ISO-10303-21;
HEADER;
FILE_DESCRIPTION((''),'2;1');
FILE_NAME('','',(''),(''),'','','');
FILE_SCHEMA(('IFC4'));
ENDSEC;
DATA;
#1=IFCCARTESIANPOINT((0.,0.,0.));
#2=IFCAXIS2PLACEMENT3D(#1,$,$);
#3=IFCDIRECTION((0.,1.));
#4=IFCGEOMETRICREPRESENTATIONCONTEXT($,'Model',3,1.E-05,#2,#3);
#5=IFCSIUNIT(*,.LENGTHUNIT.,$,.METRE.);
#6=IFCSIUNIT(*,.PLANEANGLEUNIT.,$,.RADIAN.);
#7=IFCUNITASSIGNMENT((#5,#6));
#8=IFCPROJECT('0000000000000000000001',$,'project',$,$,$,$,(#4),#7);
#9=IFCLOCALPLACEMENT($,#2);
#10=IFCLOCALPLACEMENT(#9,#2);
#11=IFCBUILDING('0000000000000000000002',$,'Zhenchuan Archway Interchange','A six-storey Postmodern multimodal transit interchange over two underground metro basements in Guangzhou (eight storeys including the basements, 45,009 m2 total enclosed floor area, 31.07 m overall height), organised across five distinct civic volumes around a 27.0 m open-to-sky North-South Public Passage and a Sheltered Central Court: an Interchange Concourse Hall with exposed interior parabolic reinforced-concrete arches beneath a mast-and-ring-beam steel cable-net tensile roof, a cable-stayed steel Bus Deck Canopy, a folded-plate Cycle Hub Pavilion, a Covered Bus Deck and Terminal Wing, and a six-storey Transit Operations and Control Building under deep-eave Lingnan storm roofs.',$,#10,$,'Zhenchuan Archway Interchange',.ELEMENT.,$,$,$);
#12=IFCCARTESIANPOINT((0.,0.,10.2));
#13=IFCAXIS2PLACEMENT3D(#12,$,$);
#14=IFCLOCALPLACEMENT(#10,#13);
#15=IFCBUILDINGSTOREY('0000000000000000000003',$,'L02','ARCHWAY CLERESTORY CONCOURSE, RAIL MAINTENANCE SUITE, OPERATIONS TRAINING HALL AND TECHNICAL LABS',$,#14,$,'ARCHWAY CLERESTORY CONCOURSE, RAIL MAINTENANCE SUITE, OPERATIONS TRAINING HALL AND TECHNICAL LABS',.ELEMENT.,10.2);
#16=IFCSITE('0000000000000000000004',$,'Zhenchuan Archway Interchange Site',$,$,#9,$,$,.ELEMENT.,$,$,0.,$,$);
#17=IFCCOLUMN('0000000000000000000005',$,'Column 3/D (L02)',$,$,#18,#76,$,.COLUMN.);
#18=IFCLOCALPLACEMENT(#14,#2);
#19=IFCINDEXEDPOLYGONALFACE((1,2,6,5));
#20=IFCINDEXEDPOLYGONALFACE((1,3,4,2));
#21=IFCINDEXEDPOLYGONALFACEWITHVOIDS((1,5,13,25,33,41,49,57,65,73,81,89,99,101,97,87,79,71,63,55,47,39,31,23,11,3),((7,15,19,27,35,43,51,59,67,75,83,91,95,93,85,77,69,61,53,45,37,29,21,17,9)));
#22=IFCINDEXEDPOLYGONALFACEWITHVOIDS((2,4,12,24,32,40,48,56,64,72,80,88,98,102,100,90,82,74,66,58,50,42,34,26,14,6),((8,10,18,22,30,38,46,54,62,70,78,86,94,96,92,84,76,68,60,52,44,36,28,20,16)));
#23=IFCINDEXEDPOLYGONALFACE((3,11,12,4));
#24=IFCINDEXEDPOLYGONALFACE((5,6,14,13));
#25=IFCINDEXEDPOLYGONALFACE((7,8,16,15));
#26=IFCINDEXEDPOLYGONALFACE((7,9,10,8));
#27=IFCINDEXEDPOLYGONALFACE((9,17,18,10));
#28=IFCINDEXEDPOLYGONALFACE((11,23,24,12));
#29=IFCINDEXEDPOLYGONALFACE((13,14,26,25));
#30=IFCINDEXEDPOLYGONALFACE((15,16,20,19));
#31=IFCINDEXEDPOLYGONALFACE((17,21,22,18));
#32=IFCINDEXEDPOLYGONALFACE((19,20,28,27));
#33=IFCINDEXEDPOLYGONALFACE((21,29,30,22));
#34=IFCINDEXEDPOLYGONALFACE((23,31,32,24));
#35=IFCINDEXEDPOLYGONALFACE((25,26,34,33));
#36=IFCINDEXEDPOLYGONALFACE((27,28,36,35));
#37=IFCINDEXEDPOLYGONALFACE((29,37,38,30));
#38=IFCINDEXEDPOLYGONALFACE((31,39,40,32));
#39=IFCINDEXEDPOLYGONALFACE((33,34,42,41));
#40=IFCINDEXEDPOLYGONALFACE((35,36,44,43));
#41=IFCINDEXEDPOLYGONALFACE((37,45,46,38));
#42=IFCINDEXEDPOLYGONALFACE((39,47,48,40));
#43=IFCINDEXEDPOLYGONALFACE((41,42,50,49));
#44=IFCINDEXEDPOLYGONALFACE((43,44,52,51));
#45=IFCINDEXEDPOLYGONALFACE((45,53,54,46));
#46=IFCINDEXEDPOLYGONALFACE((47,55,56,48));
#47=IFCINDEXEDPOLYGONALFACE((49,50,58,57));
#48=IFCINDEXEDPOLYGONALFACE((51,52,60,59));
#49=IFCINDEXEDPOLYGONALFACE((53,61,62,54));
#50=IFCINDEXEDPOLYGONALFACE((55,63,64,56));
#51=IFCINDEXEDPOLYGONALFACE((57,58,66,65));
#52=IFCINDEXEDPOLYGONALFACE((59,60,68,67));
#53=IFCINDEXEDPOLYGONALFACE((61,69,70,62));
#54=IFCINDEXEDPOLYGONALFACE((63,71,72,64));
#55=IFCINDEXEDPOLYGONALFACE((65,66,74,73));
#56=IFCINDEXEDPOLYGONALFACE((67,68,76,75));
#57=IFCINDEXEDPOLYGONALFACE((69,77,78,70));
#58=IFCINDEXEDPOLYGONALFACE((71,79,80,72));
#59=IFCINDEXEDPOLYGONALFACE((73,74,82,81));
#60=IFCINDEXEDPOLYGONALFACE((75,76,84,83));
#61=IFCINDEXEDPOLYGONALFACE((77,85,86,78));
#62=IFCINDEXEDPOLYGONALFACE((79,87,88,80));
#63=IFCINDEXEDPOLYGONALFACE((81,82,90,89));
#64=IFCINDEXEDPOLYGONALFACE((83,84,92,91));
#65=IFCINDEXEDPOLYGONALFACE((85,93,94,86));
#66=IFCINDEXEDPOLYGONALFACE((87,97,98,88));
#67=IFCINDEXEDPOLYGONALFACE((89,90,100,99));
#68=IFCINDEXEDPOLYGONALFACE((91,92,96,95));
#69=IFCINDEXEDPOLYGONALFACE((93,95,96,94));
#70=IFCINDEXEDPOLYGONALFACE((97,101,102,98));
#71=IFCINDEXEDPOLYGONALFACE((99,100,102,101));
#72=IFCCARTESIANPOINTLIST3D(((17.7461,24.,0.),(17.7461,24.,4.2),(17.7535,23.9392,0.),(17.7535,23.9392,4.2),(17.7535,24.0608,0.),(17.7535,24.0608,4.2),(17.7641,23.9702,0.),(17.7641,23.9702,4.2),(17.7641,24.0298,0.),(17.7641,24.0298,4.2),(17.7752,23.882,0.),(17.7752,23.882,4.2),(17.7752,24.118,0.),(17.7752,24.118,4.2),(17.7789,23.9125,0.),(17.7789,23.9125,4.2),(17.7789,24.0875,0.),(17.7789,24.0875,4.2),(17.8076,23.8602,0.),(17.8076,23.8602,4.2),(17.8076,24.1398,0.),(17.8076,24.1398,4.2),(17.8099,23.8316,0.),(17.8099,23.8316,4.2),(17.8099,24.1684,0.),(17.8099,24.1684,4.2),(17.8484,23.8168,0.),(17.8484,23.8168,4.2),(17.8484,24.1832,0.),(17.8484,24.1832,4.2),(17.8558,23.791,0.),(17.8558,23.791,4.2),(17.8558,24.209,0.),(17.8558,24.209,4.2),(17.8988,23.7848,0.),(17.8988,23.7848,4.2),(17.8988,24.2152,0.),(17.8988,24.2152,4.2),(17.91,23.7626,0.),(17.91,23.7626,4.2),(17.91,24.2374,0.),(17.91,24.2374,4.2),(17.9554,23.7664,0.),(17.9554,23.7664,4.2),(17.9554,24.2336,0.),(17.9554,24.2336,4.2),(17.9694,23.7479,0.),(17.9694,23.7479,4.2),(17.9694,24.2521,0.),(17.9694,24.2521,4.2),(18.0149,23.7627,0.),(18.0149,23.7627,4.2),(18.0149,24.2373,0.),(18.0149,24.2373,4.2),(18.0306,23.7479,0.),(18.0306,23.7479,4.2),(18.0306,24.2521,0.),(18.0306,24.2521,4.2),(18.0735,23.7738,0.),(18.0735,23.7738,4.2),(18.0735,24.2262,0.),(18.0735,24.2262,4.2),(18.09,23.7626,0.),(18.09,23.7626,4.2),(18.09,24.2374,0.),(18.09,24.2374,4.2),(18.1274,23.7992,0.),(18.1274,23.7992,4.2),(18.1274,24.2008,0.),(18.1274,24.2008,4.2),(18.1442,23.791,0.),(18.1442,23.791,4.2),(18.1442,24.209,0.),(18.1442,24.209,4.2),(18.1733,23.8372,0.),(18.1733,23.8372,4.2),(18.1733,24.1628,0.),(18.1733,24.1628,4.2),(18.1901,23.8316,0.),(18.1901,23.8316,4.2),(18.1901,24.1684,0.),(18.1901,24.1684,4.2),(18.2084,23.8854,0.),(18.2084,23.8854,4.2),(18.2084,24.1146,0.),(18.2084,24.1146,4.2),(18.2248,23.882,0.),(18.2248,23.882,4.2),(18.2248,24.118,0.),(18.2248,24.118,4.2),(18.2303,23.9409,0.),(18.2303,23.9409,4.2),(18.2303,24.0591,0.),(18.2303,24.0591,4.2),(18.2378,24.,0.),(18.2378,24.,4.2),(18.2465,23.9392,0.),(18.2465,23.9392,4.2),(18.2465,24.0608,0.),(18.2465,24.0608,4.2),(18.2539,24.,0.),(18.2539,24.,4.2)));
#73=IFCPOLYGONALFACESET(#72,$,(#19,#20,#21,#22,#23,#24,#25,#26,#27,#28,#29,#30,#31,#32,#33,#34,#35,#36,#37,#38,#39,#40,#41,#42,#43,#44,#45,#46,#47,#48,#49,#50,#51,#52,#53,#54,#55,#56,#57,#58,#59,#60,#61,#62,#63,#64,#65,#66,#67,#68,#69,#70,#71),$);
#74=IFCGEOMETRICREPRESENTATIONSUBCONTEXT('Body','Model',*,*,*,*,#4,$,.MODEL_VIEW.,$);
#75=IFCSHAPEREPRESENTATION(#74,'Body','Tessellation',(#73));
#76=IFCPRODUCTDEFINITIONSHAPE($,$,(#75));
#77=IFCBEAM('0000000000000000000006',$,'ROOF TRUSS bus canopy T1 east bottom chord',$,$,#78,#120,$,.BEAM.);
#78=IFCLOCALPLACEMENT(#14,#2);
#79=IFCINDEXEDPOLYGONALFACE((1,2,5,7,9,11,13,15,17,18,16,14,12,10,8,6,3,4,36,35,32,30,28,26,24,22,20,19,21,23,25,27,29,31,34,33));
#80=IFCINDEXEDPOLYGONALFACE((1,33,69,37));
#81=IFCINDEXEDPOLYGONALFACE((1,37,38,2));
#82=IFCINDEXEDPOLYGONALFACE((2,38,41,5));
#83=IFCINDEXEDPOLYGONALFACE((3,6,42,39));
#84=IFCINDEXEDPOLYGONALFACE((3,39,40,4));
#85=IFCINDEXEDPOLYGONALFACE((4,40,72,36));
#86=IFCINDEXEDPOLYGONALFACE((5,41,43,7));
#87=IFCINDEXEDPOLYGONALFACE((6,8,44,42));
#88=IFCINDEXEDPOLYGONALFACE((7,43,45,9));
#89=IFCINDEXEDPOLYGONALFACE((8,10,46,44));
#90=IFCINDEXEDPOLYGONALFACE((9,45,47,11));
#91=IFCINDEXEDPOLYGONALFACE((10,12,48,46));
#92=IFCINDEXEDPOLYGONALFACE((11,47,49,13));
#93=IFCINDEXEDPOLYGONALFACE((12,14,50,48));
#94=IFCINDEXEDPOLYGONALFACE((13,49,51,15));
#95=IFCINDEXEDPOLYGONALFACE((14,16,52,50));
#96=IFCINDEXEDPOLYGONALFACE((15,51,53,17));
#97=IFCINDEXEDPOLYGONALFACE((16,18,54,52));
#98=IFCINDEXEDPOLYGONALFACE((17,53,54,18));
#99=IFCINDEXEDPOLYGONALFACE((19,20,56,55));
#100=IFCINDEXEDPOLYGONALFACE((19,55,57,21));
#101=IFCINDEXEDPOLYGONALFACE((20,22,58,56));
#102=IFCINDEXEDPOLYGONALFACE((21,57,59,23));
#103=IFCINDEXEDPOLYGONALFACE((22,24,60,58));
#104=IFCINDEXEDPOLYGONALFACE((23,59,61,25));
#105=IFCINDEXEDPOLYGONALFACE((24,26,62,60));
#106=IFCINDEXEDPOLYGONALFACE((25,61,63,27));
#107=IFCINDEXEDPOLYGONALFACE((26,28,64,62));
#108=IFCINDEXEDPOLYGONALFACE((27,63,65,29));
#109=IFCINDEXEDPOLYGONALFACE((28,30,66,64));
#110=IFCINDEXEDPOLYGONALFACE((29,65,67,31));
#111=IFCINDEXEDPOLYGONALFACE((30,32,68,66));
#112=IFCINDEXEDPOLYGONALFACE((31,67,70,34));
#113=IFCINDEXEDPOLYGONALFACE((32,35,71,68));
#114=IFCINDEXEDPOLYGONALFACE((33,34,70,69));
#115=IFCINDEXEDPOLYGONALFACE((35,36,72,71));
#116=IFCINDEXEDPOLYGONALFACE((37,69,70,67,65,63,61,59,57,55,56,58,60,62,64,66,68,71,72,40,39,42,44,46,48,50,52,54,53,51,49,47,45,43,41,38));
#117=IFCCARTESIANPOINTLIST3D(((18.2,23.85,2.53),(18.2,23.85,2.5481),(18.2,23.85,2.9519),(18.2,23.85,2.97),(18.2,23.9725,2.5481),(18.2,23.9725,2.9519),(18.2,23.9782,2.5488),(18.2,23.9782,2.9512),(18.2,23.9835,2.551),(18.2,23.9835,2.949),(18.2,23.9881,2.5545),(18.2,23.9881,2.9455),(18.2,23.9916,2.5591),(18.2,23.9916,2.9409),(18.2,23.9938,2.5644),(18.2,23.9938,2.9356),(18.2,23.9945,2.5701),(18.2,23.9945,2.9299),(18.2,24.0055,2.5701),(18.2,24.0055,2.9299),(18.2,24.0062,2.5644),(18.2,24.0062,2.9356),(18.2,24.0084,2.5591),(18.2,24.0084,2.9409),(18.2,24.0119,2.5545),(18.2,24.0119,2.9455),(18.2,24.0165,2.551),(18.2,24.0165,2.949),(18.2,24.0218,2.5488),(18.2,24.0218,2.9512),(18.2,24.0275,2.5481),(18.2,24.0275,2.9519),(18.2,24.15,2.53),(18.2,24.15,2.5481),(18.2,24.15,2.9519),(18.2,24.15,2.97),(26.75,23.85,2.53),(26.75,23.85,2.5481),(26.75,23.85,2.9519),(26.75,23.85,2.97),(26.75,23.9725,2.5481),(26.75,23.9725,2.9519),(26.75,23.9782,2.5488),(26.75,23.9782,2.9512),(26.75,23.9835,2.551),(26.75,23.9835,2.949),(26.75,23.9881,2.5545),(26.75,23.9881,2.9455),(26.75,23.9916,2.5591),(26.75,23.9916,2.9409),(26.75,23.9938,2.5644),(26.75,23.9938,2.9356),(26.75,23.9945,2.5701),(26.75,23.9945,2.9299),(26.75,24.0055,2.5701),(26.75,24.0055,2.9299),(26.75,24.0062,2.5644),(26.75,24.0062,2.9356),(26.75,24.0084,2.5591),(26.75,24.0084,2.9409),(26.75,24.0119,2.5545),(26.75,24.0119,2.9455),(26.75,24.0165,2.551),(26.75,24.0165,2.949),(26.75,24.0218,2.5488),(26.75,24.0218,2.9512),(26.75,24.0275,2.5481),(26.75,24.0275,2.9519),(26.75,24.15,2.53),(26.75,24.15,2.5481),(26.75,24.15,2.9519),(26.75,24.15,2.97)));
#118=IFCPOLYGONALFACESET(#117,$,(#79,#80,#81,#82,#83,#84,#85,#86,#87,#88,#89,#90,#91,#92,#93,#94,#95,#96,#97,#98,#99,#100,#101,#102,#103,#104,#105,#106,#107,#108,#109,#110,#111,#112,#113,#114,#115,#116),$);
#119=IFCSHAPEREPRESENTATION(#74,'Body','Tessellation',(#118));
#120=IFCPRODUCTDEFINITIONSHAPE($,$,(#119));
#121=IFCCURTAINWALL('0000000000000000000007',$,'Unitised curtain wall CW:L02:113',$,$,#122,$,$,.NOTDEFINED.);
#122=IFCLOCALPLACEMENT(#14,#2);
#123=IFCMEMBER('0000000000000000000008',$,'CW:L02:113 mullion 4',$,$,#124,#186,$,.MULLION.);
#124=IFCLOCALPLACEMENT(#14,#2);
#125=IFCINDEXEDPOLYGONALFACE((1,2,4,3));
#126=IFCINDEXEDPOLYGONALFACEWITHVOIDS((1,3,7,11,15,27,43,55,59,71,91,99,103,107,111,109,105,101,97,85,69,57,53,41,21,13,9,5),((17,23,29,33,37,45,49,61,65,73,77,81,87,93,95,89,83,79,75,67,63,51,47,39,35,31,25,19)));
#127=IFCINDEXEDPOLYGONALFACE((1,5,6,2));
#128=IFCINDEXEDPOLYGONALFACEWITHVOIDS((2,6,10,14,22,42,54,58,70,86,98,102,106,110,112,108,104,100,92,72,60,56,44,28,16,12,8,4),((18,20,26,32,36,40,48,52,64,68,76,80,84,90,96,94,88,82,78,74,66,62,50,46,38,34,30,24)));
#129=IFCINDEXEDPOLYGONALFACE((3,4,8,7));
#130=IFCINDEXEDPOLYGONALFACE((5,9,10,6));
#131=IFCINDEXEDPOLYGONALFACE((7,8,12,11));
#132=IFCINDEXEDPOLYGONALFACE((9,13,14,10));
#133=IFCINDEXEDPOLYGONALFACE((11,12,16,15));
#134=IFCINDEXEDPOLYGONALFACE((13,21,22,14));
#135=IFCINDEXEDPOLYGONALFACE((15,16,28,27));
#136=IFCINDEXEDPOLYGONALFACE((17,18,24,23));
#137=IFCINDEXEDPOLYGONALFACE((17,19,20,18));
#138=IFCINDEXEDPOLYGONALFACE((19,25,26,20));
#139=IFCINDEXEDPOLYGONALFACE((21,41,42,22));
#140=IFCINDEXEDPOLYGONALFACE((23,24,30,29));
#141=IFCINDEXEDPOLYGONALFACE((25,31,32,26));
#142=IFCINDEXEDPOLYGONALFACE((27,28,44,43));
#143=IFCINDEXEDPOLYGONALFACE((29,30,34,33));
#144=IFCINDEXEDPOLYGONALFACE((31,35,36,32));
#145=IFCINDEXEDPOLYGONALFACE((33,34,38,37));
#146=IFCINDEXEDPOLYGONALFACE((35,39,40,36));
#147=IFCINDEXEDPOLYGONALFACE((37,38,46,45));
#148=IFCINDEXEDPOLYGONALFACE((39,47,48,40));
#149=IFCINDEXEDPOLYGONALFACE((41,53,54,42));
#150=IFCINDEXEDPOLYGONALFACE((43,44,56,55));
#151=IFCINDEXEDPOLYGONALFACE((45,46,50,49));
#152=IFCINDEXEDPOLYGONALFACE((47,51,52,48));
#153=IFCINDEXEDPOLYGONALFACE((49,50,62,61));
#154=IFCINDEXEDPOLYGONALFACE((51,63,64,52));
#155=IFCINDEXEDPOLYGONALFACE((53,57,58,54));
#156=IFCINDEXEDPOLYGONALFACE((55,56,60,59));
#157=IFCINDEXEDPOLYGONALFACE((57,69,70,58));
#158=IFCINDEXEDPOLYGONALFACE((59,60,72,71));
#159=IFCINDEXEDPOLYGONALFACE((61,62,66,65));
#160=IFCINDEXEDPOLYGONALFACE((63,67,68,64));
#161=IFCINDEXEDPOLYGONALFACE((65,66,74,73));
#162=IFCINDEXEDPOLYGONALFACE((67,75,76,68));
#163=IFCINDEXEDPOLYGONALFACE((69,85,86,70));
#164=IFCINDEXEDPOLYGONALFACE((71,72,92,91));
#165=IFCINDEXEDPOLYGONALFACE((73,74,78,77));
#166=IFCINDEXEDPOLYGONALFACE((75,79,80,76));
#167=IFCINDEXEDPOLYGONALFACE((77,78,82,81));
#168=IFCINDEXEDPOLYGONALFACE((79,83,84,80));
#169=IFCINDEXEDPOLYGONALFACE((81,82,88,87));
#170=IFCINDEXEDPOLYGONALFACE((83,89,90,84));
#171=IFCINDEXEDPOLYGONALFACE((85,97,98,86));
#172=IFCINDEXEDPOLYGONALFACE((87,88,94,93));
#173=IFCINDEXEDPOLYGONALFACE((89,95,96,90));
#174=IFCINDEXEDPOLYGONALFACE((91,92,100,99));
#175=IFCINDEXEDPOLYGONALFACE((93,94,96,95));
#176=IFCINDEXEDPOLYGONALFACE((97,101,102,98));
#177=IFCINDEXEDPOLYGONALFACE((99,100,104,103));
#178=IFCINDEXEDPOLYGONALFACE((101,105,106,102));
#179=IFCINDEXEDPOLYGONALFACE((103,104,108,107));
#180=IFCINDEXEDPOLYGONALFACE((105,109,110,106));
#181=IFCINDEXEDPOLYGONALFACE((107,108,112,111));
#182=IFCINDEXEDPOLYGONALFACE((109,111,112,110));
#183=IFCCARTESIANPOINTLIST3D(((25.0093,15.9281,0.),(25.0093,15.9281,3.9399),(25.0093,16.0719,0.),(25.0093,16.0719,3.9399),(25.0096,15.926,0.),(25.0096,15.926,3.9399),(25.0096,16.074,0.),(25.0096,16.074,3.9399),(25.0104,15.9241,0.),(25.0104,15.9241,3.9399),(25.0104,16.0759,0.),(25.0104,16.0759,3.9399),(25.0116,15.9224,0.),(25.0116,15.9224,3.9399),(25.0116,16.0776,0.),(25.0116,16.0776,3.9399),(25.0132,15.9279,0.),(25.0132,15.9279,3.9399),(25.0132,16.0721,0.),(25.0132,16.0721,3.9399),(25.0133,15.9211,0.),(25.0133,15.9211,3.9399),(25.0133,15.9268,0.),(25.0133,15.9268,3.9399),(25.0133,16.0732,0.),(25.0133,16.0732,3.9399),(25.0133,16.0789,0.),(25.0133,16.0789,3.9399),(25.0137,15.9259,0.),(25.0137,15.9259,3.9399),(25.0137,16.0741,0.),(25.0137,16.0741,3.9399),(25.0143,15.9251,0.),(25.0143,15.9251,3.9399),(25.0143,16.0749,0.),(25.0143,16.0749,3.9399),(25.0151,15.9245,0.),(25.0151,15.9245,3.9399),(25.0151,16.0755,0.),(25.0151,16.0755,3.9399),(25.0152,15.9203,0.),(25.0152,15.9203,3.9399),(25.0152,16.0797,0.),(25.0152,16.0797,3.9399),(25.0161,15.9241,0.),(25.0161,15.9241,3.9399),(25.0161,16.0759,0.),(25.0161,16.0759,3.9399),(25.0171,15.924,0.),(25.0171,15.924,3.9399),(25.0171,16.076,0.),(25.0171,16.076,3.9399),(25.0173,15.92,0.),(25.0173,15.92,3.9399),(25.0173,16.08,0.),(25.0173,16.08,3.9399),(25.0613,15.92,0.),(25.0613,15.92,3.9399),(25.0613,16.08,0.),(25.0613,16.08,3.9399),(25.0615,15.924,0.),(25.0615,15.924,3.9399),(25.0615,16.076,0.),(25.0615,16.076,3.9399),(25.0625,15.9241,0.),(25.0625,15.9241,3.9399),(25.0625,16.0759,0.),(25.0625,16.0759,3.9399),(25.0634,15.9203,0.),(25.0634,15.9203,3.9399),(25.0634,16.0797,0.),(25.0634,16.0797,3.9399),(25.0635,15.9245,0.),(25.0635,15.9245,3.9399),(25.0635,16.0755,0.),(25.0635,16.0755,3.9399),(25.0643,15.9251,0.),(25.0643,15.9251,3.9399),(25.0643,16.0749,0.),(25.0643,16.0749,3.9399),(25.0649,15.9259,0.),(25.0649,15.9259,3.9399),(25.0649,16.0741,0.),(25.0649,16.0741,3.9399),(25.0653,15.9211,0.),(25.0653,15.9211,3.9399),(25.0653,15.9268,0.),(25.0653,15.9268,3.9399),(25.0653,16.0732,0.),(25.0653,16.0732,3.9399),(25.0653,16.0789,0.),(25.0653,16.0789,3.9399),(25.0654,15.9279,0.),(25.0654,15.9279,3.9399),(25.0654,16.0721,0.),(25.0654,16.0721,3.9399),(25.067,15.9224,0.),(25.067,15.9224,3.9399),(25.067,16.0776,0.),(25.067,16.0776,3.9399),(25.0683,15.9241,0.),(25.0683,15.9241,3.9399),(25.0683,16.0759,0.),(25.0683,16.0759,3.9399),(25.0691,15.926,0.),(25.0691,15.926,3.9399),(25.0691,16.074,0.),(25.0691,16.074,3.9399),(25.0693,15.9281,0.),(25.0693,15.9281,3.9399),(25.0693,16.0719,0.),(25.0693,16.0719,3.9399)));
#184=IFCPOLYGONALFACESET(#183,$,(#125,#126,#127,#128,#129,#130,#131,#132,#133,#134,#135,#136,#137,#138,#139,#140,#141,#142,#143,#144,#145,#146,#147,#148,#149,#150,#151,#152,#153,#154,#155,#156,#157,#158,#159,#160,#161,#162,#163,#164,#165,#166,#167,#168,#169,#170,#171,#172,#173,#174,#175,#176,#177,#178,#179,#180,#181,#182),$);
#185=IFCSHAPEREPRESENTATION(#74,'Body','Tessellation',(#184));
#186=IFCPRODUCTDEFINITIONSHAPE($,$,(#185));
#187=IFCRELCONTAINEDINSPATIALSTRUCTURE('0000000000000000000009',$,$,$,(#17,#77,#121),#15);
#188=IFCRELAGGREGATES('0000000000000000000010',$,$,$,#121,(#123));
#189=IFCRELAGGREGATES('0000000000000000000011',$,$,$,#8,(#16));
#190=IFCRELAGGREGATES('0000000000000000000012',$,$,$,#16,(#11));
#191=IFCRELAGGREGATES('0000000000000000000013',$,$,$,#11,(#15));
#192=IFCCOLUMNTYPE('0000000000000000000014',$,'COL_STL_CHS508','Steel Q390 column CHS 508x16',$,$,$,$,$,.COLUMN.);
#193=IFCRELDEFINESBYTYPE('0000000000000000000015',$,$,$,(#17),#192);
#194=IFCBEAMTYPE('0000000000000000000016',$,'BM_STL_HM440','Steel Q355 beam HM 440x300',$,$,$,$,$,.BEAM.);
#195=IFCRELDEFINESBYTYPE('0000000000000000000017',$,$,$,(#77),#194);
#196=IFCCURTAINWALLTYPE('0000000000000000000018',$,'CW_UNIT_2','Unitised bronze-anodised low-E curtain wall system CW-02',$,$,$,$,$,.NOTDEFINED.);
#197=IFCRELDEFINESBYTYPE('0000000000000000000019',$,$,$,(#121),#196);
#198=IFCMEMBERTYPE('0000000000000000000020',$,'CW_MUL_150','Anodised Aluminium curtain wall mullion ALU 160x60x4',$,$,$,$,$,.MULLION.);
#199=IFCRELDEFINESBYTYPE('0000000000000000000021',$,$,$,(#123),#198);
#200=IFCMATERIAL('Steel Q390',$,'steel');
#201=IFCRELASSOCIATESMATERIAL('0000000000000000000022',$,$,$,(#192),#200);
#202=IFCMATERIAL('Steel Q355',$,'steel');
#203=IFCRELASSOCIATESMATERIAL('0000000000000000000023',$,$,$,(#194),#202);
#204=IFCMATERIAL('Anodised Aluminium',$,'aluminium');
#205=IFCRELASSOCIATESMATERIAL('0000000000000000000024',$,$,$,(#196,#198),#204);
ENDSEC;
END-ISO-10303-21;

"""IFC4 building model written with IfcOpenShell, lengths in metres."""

from ifc_helpers import new_model, si_unit, direction, frame, origin, origin_2d, place, context, subcontext, project, spatial, hollow_rectangle, hollow_circle, i_section, extrude, material, material_profile, profile_set, type_object, element, aggregate, save


model = new_model("IFC4")

# Units and contexts
model_context = context("Model", 3, precision=1e-05, world=origin(), true_north=direction((0.0, 1.0)))
body_context = subcontext(model_context, "Body", "Model", "MODEL_VIEW")
ifc_project = project(units=[si_unit("LENGTHUNIT", "METRE"), si_unit("PLANEANGLEUNIT", "RADIAN")], contexts=[model_context])

# Site, building, storey
site_placement = place(None, origin())
site = spatial("IfcSite", under=ifc_project, at=site_placement, Name="Zhenchuan Archway Interchange Site", CompositionType="ELEMENT", RefElevation=0.0)
building_placement = place(site_placement, origin())
building = spatial("IfcBuilding", under=site, at=building_placement, Name="Zhenchuan Archway Interchange", Description="A six-storey Postmodern multimodal transit interchange over two underground metro basements in Guangzhou (eight storeys including the basements, 45,009 m2 total enclosed floor area, 31.07 m overall height), organised across five distinct civic volumes around a 27.0 m open-to-sky North-South Public Passage and a Sheltered Central Court: an Interchange Concourse Hall with exposed interior parabolic reinforced-concrete arches beneath a mast-and-ring-beam steel cable-net tensile roof, a cable-stayed steel Bus Deck Canopy, a folded-plate Cycle Hub Pavilion, a Covered Bus Deck and Terminal Wing, and a six-storey Transit Operations and Control Building under deep-eave Lingnan storm roofs.", LongName="Zhenchuan Archway Interchange", CompositionType="ELEMENT")
storey_placement = place(building_placement, frame((0.0, 0.0, 10.2)))
storey = spatial("IfcBuildingStorey", under=building, at=storey_placement, Name="L02", Description="ARCHWAY CLERESTORY CONCOURSE, RAIL MAINTENANCE SUITE, OPERATIONS TRAINING HALL AND TECHNICAL LABS", LongName="ARCHWAY CLERESTORY CONCOURSE, RAIL MAINTENANCE SUITE, OPERATIONS TRAINING HALL AND TECHNICAL LABS", CompositionType="ELEMENT", Elevation=10.2)

# Column
ifc_material_1 = material(Name="Steel Q390", Category="steel")
ifc_material_profile_1 = material_profile(ifc_material_1, hollow_circle(Radius=0.2539, WallThickness=0.0161, at=origin_2d()), Name="CHS 508x16")
ifc_profile_set_1 = profile_set([ifc_material_profile_1], Name="Steel Q390")
column_type_1 = type_object("IfcColumnType", Name="COL_STL_CHS508", Description="Steel Q390 column CHS 508x16", PredefinedType="COLUMN", material=ifc_profile_set_1)
column_1_placement = place(storey_placement, frame((18.0, 24.0, 0.0), z_axis=(0.0, 0.0, 1.0), x_axis=(1.0, 0.0, 0.0)))
element("IfcColumn", 1, at=column_1_placement, inside=storey, type_object=column_type_1, Name="Column 3/D (L02)", PredefinedType="COLUMN", context=body_context, shape_type="SweptSolid", body=[
    extrude(hollow_circle(Radius=0.2539, WallThickness=0.0161, at=origin_2d()), origin(), (0.0, 0.0, 1.0), 4.2),
])

# Beam
ifc_material_2 = material(Name="Steel Q355", Category="steel")
ifc_material_profile_2 = material_profile(ifc_material_2, i_section(OverallWidth=0.3, OverallDepth=0.4399, WebThickness=0.011, FlangeThickness=0.0181, FilletRadius=0.022, at=origin_2d()), Name="HM 440x300")
ifc_profile_set_2 = profile_set([ifc_material_profile_2], Name="Steel Q355")
beam_type = type_object("IfcBeamType", Name="BM_STL_HM440", Description="Steel Q355 beam HM 440x300", PredefinedType="BEAM", material=ifc_profile_set_2)
beam_placement = place(storey_placement, frame((18.2, 24.0, 2.75), z_axis=(1.0, 0.0, 0.0), x_axis=(0.0, 1.0, 0.0)))
element("IfcBeam", 2, at=beam_placement, inside=storey, type_object=beam_type, Name="ROOF TRUSS bus canopy T1 east bottom chord", PredefinedType="BEAM", context=body_context, shape_type="SweptSolid", body=[
    extrude(i_section(OverallWidth=0.3, OverallDepth=0.4399, WebThickness=0.011, FlangeThickness=0.0181, FilletRadius=0.022, at=origin_2d()), origin(), (0.0, 0.0, 1.0), 8.55),
])

# Curtain wall, member
ifc_material_3 = material(Name="Anodised Aluminium", Category="aluminium")
curtain_wall_type = type_object("IfcCurtainWallType", Name="CW_UNIT_2", Description="Unitised bronze-anodised low-E curtain wall system CW-02", PredefinedType="NOTDEFINED", material=ifc_material_3)
curtain_wall_placement = place(storey_placement, origin())
curtain_wall = element("IfcCurtainWall", 3, at=curtain_wall_placement, inside=storey, type_object=curtain_wall_type, Name="Unitised curtain wall CW:L02:113", PredefinedType="NOTDEFINED")
ifc_material_profile_3 = material_profile(ifc_material_3, hollow_rectangle(XDim=0.0601, YDim=0.1599, WallThickness=0.0039, InnerFilletRadius=0.0039, OuterFilletRadius=0.0081, at=origin_2d()), Name="ALU 160x60x4")
ifc_profile_set_3 = profile_set([ifc_material_profile_3], Name="Anodised Aluminium")
member_type_1 = type_object("IfcMemberType", Name="CW_MUL_150", Description="Anodised Aluminium curtain wall mullion ALU 160x60x4", PredefinedType="MULLION", material=ifc_profile_set_3)
member_1_placement = place(storey_placement, frame((25.0393, 16.0, 0.0), z_axis=(0.0, 0.0, 1.0), x_axis=(1.0, 0.0, 0.0)))
member_1 = element("IfcMember", 4, at=member_1_placement, type_object=member_type_1, Name="CW:L02:113 mullion 4", PredefinedType="MULLION", context=body_context, shape_type="SweptSolid", body=[
    extrude(hollow_rectangle(XDim=0.0601, YDim=0.1599, WallThickness=0.0039, InnerFilletRadius=0.0039, OuterFilletRadius=0.0081, at=origin_2d()), origin(), (0.0, 0.0, 1.0), 3.9399),
])

aggregate(curtain_wall, [member_1])

save(model, "model.ifc")
